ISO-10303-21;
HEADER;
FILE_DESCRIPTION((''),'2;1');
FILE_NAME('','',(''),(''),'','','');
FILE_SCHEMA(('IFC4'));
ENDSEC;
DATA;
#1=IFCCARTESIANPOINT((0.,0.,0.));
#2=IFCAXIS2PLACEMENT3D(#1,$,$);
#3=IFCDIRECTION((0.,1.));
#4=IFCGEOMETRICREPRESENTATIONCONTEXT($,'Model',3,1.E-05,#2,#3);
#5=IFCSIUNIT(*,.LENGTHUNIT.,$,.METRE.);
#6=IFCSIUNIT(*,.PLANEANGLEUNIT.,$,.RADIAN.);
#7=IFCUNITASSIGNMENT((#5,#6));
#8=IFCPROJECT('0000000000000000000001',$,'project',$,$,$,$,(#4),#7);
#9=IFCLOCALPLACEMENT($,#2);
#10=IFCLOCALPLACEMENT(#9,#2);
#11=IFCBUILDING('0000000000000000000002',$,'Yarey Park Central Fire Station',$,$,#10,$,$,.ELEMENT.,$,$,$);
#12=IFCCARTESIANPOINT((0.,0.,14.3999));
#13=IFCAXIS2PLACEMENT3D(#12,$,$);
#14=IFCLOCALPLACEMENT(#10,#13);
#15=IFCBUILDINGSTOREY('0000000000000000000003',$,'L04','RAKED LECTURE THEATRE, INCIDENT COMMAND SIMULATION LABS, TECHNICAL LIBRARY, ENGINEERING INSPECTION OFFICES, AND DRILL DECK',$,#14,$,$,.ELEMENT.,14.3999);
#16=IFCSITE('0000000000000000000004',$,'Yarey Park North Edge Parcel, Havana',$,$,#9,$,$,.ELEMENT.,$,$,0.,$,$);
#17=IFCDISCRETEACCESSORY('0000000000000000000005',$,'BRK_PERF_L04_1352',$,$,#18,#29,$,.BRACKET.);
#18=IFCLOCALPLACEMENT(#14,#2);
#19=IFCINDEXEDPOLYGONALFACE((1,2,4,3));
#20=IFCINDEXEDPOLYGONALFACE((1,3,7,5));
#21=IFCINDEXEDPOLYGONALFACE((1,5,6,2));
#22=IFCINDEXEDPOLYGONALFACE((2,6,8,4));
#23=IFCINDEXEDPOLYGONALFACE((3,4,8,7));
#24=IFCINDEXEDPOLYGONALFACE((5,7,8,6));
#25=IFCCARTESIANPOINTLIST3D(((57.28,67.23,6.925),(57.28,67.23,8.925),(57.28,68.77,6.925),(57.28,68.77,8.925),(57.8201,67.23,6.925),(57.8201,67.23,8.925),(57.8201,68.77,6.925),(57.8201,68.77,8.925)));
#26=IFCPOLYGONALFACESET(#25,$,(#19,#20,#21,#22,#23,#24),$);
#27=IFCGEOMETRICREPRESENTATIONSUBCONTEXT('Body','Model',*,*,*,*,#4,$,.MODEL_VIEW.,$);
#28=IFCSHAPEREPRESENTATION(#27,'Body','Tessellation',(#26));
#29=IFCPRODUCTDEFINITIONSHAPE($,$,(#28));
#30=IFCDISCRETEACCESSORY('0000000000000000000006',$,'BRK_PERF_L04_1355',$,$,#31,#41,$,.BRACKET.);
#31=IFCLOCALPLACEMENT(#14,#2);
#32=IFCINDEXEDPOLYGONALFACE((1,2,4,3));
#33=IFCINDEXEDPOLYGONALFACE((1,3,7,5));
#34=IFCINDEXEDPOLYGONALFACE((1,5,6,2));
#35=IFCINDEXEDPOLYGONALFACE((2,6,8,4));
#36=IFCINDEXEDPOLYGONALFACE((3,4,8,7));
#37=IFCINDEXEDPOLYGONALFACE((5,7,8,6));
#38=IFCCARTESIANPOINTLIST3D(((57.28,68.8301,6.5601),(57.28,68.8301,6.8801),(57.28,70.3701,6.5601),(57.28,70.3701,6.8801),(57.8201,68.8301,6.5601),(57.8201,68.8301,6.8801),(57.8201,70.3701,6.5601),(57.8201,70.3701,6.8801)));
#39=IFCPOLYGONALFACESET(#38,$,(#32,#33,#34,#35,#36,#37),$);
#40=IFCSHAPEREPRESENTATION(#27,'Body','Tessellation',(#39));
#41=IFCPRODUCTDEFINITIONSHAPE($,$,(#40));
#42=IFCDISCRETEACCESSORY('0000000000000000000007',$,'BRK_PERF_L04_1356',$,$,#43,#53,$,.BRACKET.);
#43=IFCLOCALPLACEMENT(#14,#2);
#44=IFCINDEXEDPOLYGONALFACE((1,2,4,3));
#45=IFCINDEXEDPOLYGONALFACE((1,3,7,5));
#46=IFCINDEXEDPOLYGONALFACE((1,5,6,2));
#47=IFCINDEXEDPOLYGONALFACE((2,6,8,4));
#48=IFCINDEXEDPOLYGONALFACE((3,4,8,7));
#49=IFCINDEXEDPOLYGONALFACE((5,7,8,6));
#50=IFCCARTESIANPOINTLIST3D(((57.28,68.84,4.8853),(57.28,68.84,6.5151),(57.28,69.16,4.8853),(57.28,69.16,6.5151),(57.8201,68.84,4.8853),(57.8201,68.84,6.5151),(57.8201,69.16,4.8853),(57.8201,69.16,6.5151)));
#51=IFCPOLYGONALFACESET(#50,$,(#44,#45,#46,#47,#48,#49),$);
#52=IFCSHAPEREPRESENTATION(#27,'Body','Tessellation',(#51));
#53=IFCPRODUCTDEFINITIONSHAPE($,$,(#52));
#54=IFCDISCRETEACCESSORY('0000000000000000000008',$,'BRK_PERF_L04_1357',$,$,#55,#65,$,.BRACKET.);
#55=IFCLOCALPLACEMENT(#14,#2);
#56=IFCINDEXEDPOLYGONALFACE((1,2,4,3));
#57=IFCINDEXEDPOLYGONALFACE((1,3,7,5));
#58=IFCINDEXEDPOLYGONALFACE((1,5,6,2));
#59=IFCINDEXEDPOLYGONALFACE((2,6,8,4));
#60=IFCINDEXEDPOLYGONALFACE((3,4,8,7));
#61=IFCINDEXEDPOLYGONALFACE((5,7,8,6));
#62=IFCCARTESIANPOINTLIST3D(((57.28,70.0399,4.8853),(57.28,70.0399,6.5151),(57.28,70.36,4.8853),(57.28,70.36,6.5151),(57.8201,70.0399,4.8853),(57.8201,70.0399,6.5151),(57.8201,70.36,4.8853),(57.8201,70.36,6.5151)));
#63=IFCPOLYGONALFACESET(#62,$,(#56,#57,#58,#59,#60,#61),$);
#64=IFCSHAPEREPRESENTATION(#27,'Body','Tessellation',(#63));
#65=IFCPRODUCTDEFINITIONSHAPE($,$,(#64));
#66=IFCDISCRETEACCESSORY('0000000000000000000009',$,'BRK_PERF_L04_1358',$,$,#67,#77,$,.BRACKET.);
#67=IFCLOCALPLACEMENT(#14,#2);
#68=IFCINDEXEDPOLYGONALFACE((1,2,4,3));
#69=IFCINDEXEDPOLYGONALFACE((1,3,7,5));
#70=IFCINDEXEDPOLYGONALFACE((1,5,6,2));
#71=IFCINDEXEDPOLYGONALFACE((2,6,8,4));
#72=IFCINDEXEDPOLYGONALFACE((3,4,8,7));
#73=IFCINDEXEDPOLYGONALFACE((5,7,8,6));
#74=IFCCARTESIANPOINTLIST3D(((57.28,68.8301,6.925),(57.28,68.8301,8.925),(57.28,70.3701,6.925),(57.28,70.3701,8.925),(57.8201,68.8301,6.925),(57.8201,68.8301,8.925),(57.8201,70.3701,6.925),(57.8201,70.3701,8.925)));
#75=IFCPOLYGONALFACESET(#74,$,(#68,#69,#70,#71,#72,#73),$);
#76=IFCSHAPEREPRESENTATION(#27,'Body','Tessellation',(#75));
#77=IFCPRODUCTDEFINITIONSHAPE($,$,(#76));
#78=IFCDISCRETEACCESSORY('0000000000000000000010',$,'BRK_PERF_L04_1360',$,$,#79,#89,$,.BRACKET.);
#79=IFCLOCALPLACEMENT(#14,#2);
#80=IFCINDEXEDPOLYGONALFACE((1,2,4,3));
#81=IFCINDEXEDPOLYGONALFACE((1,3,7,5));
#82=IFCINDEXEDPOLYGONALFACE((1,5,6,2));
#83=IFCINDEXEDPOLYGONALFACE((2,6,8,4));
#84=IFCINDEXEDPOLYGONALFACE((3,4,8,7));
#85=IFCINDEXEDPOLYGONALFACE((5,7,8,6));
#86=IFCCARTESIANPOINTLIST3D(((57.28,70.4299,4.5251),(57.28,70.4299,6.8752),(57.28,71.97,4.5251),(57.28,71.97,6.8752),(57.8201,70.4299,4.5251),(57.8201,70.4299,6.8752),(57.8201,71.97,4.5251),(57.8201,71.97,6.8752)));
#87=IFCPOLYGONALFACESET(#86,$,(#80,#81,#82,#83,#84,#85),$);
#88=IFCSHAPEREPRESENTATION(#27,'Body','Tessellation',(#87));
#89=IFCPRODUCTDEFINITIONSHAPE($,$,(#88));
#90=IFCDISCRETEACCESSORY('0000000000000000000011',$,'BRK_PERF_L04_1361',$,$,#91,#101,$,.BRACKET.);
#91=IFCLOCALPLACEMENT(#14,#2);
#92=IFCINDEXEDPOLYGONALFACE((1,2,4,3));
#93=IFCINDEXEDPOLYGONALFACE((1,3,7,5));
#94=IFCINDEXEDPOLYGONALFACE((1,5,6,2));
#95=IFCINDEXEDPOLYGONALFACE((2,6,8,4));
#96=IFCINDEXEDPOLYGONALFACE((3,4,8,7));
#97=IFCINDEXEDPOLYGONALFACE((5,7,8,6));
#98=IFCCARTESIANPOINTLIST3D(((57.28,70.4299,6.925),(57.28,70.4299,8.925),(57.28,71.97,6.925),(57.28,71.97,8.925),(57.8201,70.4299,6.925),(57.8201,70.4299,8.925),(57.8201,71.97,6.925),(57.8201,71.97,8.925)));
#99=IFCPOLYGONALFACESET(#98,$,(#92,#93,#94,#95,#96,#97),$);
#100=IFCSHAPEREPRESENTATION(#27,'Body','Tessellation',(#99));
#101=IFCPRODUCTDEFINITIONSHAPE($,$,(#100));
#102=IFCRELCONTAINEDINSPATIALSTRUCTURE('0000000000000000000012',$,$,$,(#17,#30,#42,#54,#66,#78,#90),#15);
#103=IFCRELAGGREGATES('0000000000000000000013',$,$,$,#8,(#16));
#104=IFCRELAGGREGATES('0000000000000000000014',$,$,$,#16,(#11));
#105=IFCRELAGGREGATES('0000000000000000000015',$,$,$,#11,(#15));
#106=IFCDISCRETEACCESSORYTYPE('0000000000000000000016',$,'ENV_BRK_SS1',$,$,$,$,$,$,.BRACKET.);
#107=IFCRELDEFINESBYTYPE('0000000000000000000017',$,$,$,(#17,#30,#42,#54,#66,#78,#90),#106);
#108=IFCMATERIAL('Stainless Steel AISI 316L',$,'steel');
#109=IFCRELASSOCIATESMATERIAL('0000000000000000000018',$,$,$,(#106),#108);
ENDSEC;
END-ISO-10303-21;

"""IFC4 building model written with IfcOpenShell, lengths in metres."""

from ifc_helpers import new_model, si_unit, direction, frame, origin, origin_2d, place, context, subcontext, project, spatial, rectangle, extrude, material, type_object, element, save


model = new_model("IFC4")

# Units and contexts
model_context = context("Model", 3, precision=1e-05, world=origin(), true_north=direction((0.0, 1.0)))
body_context = subcontext(model_context, "Body", "Model", "MODEL_VIEW")
ifc_project = project(units=[si_unit("LENGTHUNIT", "METRE"), si_unit("PLANEANGLEUNIT", "RADIAN")], contexts=[model_context])

# Site, building, storey
site_placement = place(None, origin())
site = spatial("IfcSite", under=ifc_project, at=site_placement, Name="Yarey Park North Edge Parcel, Havana", CompositionType="ELEMENT", RefElevation=0.0)
building_placement = place(site_placement, origin())
building = spatial("IfcBuilding", under=site, at=building_placement, Name="Yarey Park Central Fire Station", CompositionType="ELEMENT")
storey_placement = place(building_placement, frame((0.0, 0.0, 14.3999)))
storey = spatial("IfcBuildingStorey", under=building, at=storey_placement, Name="L04", Description="RAKED LECTURE THEATRE, INCIDENT COMMAND SIMULATION LABS, TECHNICAL LIBRARY, ENGINEERING INSPECTION OFFICES, AND DRILL DECK", CompositionType="ELEMENT", Elevation=14.3999)

# Discrete accessories
ifc_material = material(Name="Stainless Steel AISI 316L", Category="steel")
discrete_accessory_type = type_object("IfcDiscreteAccessoryType", Name="ENV_BRK_SS1", PredefinedType="BRACKET", material=ifc_material)
discrete_accessory_1_placement = place(storey_placement, frame((57.55, 68.0, 6.925), z_axis=(0.0, 0.0, 1.0), x_axis=(1.0, 0.0, 0.0)))
element("IfcDiscreteAccessory", 1, at=discrete_accessory_1_placement, inside=storey, type_object=discrete_accessory_type, Name="BRK_PERF_L04_1352", PredefinedType="BRACKET", context=body_context, shape_type="SweptSolid", body=[
    extrude(rectangle(XDim=0.54, YDim=1.54, at=origin_2d()), origin(), (0.0, 0.0, 1.0), 2.0),
])
discrete_accessory_2_placement = place(storey_placement, frame((57.55, 69.6001, 6.5601), z_axis=(0.0, 0.0, 1.0), x_axis=(1.0, 0.0, 0.0)))
element("IfcDiscreteAccessory", 2, at=discrete_accessory_2_placement, inside=storey, type_object=discrete_accessory_type, Name="BRK_PERF_L04_1355", PredefinedType="BRACKET", context=body_context, shape_type="SweptSolid", body=[
    extrude(rectangle(XDim=0.54, YDim=1.54, at=origin_2d()), origin(), (0.0, 0.0, 1.0), 0.3201),
])
for number, where, z_axis, x_axis, name in (
    (3, (57.55, 69.0, 4.8853), (0.0, 0.0, 1.0), (1.0, 0.0, 0.0), "BRK_PERF_L04_1356"),
    (4, (57.55, 70.2, 4.8853), (0.0, 0.0, 1.0), (1.0, 0.0, 0.0), "BRK_PERF_L04_1357"),
):
    element("IfcDiscreteAccessory", number, at=place(storey_placement, frame(where, z_axis=z_axis, x_axis=x_axis)), inside=storey, type_object=discrete_accessory_type, Name=name, PredefinedType="BRACKET", context=body_context, shape_type="SweptSolid", body=[
        extrude(rectangle(XDim=0.54, YDim=0.3201, at=origin_2d()), origin(), (0.0, 0.0, 1.0), 1.6299),
    ])
discrete_accessory_3_placement = place(storey_placement, frame((57.55, 69.6001, 6.925), z_axis=(0.0, 0.0, 1.0), x_axis=(1.0, 0.0, 0.0)))
element("IfcDiscreteAccessory", 5, at=discrete_accessory_3_placement, inside=storey, type_object=discrete_accessory_type, Name="BRK_PERF_L04_1358", PredefinedType="BRACKET", context=body_context, shape_type="SweptSolid", body=[
    extrude(rectangle(XDim=0.54, YDim=1.54, at=origin_2d()), origin(), (0.0, 0.0, 1.0), 2.0),
])
discrete_accessory_4_placement = place(storey_placement, frame((57.55, 71.2, 4.5251), z_axis=(0.0, 0.0, 1.0), x_axis=(1.0, 0.0, 0.0)))
element("IfcDiscreteAccessory", 6, at=discrete_accessory_4_placement, inside=storey, type_object=discrete_accessory_type, Name="BRK_PERF_L04_1360", PredefinedType="BRACKET", context=body_context, shape_type="SweptSolid", body=[
    extrude(rectangle(XDim=0.54, YDim=1.54, at=origin_2d()), origin(), (0.0, 0.0, 1.0), 2.3501),
])
discrete_accessory_5_placement = place(storey_placement, frame((57.55, 71.2, 6.925), z_axis=(0.0, 0.0, 1.0), x_axis=(1.0, 0.0, 0.0)))
element("IfcDiscreteAccessory", 7, at=discrete_accessory_5_placement, inside=storey, type_object=discrete_accessory_type, Name="BRK_PERF_L04_1361", PredefinedType="BRACKET", context=body_context, shape_type="SweptSolid", body=[
    extrude(rectangle(XDim=0.54, YDim=1.54, at=origin_2d()), origin(), (0.0, 0.0, 1.0), 2.0),
])

save(model, "model.ifc")
